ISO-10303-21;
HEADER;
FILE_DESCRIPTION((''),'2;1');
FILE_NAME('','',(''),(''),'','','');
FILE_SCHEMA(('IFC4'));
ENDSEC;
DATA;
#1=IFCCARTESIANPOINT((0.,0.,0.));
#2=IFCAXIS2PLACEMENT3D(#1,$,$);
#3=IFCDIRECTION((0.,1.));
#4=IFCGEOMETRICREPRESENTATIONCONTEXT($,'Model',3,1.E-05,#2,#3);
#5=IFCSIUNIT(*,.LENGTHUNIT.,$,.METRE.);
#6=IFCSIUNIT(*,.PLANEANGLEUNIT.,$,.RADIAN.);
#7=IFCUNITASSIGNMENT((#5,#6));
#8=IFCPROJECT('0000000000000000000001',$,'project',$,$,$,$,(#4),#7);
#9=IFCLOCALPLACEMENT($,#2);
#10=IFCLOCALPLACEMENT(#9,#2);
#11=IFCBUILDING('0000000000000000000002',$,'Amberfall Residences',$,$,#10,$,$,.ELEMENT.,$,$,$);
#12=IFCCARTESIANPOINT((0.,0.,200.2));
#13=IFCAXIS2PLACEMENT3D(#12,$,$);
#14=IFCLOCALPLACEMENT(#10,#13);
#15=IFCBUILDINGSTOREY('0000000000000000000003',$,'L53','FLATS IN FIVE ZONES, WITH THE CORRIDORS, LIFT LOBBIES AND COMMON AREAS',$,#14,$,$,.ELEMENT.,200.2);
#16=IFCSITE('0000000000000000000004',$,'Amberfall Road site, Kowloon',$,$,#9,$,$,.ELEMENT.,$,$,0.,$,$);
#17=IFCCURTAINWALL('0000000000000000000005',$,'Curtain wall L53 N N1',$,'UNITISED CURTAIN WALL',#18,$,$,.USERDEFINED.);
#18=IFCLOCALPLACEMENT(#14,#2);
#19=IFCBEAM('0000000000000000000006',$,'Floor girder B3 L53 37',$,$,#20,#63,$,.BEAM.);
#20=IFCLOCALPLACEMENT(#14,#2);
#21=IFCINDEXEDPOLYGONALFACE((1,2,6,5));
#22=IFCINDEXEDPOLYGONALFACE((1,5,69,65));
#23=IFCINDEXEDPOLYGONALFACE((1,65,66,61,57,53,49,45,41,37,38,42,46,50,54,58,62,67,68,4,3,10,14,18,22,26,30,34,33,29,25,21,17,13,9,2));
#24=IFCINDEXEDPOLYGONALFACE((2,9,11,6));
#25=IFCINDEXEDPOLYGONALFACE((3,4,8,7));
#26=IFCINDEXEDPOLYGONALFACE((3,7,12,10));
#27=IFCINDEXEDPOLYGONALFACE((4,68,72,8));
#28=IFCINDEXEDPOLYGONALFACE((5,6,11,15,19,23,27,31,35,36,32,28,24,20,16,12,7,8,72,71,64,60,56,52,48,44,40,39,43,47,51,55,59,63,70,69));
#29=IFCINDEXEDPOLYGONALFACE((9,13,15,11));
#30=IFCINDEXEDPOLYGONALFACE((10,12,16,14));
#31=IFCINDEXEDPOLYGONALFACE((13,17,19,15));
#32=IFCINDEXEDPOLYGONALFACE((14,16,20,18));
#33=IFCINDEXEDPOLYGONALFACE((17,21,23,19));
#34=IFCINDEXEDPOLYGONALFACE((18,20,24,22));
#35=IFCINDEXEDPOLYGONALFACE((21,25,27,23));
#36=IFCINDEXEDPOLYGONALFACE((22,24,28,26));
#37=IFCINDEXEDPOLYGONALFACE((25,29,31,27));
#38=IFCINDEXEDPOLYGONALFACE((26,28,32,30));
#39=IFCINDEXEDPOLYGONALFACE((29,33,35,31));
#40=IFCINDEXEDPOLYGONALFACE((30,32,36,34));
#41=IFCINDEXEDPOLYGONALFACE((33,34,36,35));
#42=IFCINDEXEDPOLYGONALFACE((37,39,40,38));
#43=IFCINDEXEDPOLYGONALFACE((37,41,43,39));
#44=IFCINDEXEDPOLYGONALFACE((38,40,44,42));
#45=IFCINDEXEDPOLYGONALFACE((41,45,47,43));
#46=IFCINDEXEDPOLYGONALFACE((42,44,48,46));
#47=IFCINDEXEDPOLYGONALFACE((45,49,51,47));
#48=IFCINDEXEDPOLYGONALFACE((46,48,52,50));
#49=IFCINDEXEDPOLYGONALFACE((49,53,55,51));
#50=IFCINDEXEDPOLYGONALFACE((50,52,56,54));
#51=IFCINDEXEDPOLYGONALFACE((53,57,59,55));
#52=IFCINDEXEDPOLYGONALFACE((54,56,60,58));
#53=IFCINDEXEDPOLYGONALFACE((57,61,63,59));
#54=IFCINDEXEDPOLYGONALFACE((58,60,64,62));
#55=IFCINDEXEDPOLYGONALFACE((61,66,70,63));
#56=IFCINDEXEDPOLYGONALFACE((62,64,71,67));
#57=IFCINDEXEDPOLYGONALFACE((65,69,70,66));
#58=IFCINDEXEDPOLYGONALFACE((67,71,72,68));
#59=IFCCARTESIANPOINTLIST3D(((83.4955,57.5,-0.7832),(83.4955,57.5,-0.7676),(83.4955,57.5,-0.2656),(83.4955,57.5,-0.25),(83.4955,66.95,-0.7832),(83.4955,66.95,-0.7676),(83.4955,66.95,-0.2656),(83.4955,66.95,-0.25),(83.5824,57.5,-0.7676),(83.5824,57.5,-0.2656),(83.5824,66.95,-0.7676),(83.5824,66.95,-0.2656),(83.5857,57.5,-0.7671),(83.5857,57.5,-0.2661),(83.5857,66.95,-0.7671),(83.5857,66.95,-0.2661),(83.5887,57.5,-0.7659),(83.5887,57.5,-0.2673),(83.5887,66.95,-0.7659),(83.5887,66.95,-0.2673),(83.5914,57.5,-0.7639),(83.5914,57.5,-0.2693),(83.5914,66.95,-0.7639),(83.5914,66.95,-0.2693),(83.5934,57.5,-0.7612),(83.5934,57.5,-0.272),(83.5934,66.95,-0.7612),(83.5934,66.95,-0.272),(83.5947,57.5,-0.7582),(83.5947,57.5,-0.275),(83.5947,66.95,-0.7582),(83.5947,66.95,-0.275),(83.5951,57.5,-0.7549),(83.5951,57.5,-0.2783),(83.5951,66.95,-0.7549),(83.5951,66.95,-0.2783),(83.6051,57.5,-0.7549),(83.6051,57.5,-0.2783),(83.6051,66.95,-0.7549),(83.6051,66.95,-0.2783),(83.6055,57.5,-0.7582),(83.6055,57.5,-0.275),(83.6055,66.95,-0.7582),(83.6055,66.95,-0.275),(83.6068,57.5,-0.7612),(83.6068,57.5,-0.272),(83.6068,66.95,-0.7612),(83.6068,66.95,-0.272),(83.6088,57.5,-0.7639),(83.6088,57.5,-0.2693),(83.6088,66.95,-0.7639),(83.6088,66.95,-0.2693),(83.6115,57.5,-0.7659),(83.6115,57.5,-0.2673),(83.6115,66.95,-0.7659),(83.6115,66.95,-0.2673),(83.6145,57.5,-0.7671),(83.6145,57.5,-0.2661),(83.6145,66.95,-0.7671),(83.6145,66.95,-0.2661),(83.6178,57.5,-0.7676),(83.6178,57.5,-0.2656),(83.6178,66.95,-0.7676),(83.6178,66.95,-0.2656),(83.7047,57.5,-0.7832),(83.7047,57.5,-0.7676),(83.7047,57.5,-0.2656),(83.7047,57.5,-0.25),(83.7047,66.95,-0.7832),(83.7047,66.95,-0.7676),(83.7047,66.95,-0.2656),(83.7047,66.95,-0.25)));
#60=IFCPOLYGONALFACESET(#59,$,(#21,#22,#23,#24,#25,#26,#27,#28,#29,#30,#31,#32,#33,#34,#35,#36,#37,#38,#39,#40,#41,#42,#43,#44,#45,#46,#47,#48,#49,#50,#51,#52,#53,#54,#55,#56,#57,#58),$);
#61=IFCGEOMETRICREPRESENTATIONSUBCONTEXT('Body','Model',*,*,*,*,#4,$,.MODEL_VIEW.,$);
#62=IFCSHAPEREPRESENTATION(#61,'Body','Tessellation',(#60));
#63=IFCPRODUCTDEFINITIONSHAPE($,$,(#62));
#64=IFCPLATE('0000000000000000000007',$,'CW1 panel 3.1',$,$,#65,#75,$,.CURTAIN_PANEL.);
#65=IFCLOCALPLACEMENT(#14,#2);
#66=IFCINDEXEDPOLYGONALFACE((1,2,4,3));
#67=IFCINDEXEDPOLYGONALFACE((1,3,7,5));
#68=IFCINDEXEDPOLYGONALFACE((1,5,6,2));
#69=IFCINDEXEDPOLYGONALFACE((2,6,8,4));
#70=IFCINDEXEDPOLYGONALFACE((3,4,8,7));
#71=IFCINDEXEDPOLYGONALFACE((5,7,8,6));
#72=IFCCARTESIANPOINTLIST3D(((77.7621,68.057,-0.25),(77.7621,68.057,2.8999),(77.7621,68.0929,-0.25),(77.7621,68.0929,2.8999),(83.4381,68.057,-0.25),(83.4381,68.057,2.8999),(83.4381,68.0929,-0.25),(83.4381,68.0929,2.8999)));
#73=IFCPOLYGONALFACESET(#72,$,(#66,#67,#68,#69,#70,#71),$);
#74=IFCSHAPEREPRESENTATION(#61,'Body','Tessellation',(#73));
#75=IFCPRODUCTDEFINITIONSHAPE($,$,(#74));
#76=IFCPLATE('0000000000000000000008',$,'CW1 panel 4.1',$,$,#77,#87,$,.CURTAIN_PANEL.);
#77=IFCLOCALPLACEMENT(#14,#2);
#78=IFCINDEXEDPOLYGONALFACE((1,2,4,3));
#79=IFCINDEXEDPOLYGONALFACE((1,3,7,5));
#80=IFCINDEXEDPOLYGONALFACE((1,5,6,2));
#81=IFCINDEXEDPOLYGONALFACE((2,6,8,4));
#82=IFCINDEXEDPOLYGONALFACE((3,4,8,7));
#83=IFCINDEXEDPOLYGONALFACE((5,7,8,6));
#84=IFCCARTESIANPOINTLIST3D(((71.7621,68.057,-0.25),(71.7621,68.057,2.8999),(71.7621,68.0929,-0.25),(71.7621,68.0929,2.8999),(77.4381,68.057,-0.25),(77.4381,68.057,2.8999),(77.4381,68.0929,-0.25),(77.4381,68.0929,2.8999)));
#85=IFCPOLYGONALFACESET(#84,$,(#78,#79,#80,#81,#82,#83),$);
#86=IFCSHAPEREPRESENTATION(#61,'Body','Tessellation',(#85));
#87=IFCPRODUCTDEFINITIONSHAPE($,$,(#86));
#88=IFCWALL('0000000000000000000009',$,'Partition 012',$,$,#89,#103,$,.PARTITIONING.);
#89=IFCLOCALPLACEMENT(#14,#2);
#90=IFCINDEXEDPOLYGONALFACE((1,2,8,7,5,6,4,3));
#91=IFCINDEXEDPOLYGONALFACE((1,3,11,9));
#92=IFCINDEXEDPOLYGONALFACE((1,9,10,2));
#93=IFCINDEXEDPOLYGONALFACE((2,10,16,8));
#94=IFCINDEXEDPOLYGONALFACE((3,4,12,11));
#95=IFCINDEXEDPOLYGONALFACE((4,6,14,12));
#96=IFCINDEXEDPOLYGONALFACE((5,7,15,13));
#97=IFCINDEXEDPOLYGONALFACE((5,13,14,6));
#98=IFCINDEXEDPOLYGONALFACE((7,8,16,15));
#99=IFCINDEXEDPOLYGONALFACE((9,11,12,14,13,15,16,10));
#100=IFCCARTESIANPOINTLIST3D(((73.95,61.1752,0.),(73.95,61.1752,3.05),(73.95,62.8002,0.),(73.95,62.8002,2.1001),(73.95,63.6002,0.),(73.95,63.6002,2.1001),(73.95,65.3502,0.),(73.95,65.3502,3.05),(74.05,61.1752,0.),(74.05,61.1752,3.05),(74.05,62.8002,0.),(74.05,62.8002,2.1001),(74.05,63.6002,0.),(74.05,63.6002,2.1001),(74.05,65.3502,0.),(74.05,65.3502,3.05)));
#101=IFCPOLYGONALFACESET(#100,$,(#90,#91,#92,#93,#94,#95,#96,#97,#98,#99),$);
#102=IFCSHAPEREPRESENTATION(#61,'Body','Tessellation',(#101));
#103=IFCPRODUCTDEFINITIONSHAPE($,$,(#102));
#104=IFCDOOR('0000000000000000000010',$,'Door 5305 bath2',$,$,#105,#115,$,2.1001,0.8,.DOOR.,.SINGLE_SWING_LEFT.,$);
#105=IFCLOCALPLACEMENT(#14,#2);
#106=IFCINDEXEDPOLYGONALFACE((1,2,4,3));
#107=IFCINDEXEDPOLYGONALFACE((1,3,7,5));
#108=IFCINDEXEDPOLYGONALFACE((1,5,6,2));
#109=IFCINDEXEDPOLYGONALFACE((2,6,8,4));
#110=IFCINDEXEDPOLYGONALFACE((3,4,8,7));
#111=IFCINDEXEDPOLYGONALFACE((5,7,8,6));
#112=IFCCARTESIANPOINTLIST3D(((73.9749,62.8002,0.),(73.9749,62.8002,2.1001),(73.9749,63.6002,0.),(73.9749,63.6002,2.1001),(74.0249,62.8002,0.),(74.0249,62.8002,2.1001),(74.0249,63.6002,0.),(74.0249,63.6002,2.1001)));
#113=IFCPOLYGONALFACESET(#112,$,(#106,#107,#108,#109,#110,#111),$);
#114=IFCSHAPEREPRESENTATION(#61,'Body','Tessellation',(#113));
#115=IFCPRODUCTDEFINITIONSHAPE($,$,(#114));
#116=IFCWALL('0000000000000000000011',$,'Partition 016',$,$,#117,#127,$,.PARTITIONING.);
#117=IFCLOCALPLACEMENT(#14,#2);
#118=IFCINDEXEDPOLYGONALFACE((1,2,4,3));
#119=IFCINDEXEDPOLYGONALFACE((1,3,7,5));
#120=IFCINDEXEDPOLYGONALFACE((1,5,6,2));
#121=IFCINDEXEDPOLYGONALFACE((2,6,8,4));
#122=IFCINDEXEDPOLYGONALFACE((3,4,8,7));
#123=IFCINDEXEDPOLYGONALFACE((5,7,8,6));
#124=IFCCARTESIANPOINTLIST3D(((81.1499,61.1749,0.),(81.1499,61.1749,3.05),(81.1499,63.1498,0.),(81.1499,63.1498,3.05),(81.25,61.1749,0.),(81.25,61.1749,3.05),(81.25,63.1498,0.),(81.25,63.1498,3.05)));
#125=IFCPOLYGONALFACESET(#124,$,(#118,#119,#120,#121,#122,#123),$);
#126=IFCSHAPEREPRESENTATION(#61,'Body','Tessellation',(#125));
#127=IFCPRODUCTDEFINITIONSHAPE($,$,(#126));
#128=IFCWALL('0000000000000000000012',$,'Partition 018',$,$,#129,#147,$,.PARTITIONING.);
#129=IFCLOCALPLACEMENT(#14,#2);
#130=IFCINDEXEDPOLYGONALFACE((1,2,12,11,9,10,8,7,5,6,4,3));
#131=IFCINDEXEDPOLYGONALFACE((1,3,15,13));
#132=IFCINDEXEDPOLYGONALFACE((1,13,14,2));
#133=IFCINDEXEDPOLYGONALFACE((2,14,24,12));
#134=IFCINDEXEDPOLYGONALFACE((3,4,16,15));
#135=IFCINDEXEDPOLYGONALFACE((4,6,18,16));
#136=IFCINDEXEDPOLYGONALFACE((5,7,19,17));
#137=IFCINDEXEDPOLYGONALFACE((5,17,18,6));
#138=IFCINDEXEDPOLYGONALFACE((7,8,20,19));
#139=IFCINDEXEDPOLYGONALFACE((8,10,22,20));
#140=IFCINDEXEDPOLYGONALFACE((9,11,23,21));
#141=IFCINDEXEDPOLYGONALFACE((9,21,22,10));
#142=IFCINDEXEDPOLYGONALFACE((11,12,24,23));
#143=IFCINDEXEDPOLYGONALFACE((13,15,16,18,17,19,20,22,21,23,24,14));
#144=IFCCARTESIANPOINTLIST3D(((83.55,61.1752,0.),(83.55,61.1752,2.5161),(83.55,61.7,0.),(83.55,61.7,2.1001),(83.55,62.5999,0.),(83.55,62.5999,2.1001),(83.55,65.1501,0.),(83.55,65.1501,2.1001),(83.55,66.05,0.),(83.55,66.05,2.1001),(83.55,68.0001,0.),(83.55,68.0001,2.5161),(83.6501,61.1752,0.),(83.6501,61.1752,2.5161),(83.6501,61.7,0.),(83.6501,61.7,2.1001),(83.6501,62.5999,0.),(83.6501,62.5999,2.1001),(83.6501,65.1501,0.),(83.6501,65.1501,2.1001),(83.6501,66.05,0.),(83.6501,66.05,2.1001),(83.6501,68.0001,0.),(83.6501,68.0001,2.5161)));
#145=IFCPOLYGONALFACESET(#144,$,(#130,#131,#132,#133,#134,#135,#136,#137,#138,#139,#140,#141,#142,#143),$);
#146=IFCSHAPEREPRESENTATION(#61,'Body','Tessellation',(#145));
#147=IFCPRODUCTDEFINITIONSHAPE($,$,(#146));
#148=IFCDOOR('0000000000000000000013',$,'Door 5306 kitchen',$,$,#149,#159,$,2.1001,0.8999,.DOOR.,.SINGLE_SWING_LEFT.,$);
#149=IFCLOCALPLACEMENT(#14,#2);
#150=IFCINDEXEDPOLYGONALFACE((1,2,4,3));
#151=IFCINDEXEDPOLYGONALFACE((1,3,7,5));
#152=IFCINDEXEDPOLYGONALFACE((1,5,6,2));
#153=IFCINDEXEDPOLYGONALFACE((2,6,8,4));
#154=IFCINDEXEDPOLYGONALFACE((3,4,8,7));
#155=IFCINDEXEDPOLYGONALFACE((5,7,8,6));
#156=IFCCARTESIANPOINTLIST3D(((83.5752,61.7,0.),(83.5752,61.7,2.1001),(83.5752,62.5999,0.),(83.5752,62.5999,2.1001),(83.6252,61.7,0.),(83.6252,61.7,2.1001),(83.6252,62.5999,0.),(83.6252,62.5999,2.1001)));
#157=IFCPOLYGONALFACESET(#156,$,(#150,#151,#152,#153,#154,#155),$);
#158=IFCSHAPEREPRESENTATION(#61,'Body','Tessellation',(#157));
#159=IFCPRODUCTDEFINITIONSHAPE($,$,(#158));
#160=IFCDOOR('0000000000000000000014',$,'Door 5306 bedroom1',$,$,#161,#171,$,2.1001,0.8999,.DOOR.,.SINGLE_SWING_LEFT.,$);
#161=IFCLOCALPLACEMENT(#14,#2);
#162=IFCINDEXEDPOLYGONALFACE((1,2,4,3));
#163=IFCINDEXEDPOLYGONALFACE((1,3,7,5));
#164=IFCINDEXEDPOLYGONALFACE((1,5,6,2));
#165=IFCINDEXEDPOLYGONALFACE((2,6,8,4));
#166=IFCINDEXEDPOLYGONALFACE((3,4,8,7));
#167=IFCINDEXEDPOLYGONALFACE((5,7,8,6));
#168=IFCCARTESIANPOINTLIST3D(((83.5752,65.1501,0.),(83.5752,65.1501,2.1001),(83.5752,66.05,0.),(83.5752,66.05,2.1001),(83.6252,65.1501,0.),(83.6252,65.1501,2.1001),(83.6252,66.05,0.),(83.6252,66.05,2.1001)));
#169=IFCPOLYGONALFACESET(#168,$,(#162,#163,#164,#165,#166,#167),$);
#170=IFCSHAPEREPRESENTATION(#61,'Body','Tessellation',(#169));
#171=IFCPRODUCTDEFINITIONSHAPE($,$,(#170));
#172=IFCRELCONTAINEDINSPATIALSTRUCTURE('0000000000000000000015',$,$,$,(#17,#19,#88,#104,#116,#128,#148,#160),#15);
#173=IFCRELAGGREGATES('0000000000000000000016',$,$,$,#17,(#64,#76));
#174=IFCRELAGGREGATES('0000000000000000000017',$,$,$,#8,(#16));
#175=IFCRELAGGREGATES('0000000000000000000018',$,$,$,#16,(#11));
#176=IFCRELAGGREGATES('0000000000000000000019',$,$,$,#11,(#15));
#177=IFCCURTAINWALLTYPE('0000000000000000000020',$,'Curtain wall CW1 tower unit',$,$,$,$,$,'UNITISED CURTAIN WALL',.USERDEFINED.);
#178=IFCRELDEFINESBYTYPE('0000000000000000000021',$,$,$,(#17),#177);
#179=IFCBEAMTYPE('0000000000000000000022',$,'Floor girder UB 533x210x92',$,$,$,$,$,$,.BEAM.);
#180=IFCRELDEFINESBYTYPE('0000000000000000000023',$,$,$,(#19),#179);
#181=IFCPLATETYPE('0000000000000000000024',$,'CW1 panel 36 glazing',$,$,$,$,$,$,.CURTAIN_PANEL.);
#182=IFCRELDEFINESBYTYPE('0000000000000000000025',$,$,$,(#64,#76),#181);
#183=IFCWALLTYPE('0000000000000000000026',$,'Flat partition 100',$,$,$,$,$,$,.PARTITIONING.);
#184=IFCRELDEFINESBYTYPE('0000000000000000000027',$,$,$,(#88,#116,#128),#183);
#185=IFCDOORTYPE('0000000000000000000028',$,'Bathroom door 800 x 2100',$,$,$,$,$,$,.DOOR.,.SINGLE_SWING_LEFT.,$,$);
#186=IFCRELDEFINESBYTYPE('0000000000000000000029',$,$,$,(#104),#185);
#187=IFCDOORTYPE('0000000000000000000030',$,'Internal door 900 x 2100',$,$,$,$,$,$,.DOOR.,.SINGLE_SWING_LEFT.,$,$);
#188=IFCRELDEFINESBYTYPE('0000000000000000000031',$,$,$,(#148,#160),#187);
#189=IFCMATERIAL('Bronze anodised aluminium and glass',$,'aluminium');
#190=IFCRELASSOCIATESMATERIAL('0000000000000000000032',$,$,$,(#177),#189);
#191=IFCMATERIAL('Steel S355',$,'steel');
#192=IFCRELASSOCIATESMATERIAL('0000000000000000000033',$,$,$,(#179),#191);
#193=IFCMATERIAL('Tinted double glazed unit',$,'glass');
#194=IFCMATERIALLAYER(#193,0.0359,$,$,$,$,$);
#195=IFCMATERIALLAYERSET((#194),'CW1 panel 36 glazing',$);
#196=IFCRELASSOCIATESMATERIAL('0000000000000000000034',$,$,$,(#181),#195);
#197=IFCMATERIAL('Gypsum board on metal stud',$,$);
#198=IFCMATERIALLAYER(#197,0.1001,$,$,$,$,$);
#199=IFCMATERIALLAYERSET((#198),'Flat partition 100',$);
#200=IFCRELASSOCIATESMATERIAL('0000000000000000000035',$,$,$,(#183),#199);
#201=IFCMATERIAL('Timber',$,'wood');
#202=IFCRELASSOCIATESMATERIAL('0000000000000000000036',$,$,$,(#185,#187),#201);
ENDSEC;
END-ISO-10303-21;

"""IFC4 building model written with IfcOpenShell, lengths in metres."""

from ifc_helpers import new_model, si_unit, direction, frame, frame_2d, origin, origin_2d, place, context, subcontext, project, spatial, rectangle, i_section, extrude, material, layer, layer_set, material_profile, profile_set, type_object, element, fill, aggregate, save


model = new_model("IFC4")

# Units and contexts
model_context = context("Model", 3, precision=1e-05, world=origin(), true_north=direction((0.0, 1.0)))
body_context = subcontext(model_context, "Body", "Model", "MODEL_VIEW")
ifc_project = project(units=[si_unit("LENGTHUNIT", "METRE"), si_unit("PLANEANGLEUNIT", "RADIAN")], contexts=[model_context])

# Site, building, storey
site_placement = place(None, origin())
site = spatial("IfcSite", under=ifc_project, at=site_placement, Name="Amberfall Road site, Kowloon", CompositionType="ELEMENT", RefElevation=0.0)
building_placement = place(site_placement, origin())
building = spatial("IfcBuilding", under=site, at=building_placement, Name="Amberfall Residences", CompositionType="ELEMENT")
storey_placement = place(building_placement, frame((0.0, 0.0, 200.2)))
storey = spatial("IfcBuildingStorey", under=building, at=storey_placement, Name="L53", Description="FLATS IN FIVE ZONES, WITH THE CORRIDORS, LIFT LOBBIES AND COMMON AREAS", CompositionType="ELEMENT", Elevation=200.2)

# Curtain wall
ifc_material_1 = material(Name="Bronze anodised aluminium and glass", Category="aluminium")
curtain_wall_type = type_object("IfcCurtainWallType", Name="Curtain wall CW1 tower unit", ElementType="UNITISED CURTAIN WALL", PredefinedType="USERDEFINED", material=ifc_material_1)
curtain_wall_placement = place(storey_placement, origin())
curtain_wall = element("IfcCurtainWall", 1, at=curtain_wall_placement, inside=storey, type_object=curtain_wall_type, Name="Curtain wall L53 N N1", ObjectType="UNITISED CURTAIN WALL", PredefinedType="USERDEFINED")

# Shared definitions
ifc_material_2 = material(Name="Steel S355", Category="steel")

# Beam
ifc_material_profile_1 = material_profile(ifc_material_2, i_section(OverallWidth=0.2092, OverallDepth=0.5332, WebThickness=0.01, FlangeThickness=0.0156, FilletRadius=0.0127, at=origin_2d()), Name="UB 533x210x92")
ifc_profile_set_1 = profile_set([ifc_material_profile_1], Name="Steel S355")
beam_type_1 = type_object("IfcBeamType", Name="Floor girder UB 533x210x92", PredefinedType="BEAM", material=ifc_profile_set_1)
for number, where, z_axis, x_axis, name in (
    (2, (83.6001, 66.95, -0.5166), (0.0, -1.0, 0.0), (1.0, 0.0, 0.0), "Floor girder B3 L53 37"),
):
    element("IfcBeam", number, at=place(storey_placement, frame(where, z_axis=z_axis, x_axis=x_axis)), inside=storey, type_object=beam_type_1, Name=name, PredefinedType="BEAM", context=body_context, shape_type="SweptSolid", body=[
        extrude(i_section(OverallWidth=0.2092, OverallDepth=0.5332, WebThickness=0.01, FlangeThickness=0.0156, FilletRadius=0.0127, at=origin_2d()), origin(), (0.0, 0.0, 1.0), 9.45),
    ])

# Plates
ifc_material_3 = material(Name="Tinted double glazed unit", Category="glass")
ifc_layer_1 = layer(ifc_material_3, 0.0359)
ifc_layer_set_1 = layer_set([ifc_layer_1], Name="CW1 panel 36 glazing")
plate_type = type_object("IfcPlateType", Name="CW1 panel 36 glazing", PredefinedType="CURTAIN_PANEL", material=ifc_layer_set_1)
plate_1_placement = place(storey_placement, frame((80.6001, 68.075, -0.25), z_axis=(0.0, 0.0, 1.0), x_axis=(-1.0, 0.0, 0.0)))
plate_1 = element("IfcPlate", 3, at=plate_1_placement, type_object=plate_type, Name="CW1 panel 3.1", PredefinedType="CURTAIN_PANEL", context=body_context, shape_type="SweptSolid", body=[
    extrude(rectangle(XDim=5.676, YDim=0.0359, at=origin_2d()), origin(), (0.0, 0.0, 1.0), 3.1499),
])
plate_2_placement = place(storey_placement, frame((74.6001, 68.075, -0.25), z_axis=(0.0, 0.0, 1.0), x_axis=(-1.0, 0.0, 0.0)))
plate_2 = element("IfcPlate", 4, at=plate_2_placement, type_object=plate_type, Name="CW1 panel 4.1", PredefinedType="CURTAIN_PANEL", context=body_context, shape_type="SweptSolid", body=[
    extrude(rectangle(XDim=5.676, YDim=0.0359, at=origin_2d()), origin(), (0.0, 0.0, 1.0), 3.1499),
])
aggregate(curtain_wall, [plate_1, plate_2])

# Wall, opening, door
ifc_material_4 = material(Name="Gypsum board on metal stud")
ifc_layer_2 = layer(ifc_material_4, 0.1001)
ifc_layer_set_2 = layer_set([ifc_layer_2], Name="Flat partition 100")
wall_type_1 = type_object("IfcWallType", Name="Flat partition 100", PredefinedType="PARTITIONING", material=ifc_layer_set_2)
wall_1_placement = place(storey_placement, frame((74.0, 65.3501, 0.0), z_axis=(0.0, 0.0, 1.0), x_axis=(0.0, -1.0, 0.0)))
wall_1 = element("IfcWall", 5, at=wall_1_placement, inside=storey, type_object=wall_type_1, Name="Partition 012", PredefinedType="PARTITIONING", context=body_context, shape_type="SweptSolid", body=[
    extrude(rectangle(XDim=4.175, YDim=0.1001, at=frame_2d((2.0874, 0.0))), origin(), (0.0, 0.0, 1.0), 3.05),
])
opening_1_placement = place(wall_1_placement, frame((1.75, 0.0, 0.0)))
opening_1 = element("IfcOpeningElement", 6, at=opening_1_placement, cuts=wall_1, PredefinedType="OPENING", context=body_context, shape_type="SweptSolid", body=[
    extrude(rectangle(XDim=0.8, YDim=2.1001, at=frame_2d((0.3999, 1.05))), frame((0.0, 0.0601, 0.0), z_axis=(0.0, -1.0, 0.0), x_axis=(1.0, 0.0, 0.0)), (0.0, 0.0, 1.0), 0.1201),
])
ifc_material_5 = material(Name="Timber", Category="wood")
door_type_1 = type_object("IfcDoorType", Name="Bathroom door 800 x 2100", OperationType="SINGLE_SWING_LEFT", PredefinedType="DOOR", material=ifc_material_5)
door_1_placement = place(opening_1_placement, origin())
door_1 = element("IfcDoor", 7, at=door_1_placement, inside=storey, type_object=door_type_1, Name="Door 5305 bath2", OperationType="SINGLE_SWING_LEFT", OverallHeight=2.1001, OverallWidth=0.8, PredefinedType="DOOR", context=body_context, shape_type="SweptSolid", body=[
    extrude(rectangle(XDim=0.8, YDim=2.1001, at=frame_2d((0.3999, 1.05))), frame((0.0, 0.0249, 0.0), z_axis=(0.0, -1.0, 0.0), x_axis=(1.0, 0.0, 0.0)), (0.0, 0.0, 1.0), 0.05),
])
fill(opening_1, door_1)

# Wall
wall_2_placement = place(storey_placement, frame((81.2, 61.175, 0.0), z_axis=(0.0, 0.0, 1.0), x_axis=(0.0, 1.0, 0.0)))
element("IfcWall", 8, at=wall_2_placement, inside=storey, type_object=wall_type_1, Name="Partition 016", PredefinedType="PARTITIONING", context=body_context, shape_type="SweptSolid", body=[
    extrude(rectangle(XDim=1.9749, YDim=0.1001, at=frame_2d((0.9873, 0.0))), origin(), (0.0, 0.0, 1.0), 3.05),
])

# Wall, openings, doors
wall_3_placement = place(storey_placement, frame((83.6001, 61.175, 0.0), z_axis=(0.0, 0.0, 1.0), x_axis=(0.0, 1.0, 0.0)))
wall_3 = element("IfcWall", 9, at=wall_3_placement, inside=storey, type_object=wall_type_1, Name="Partition 018", PredefinedType="PARTITIONING", context=body_context, shape_type="SweptSolid", body=[
    extrude(rectangle(XDim=6.825, YDim=0.1001, at=frame_2d((3.4126, 0.0))), origin(), (0.0, 0.0, 1.0), 2.5161),
])
opening_2_placement = place(wall_3_placement, frame((0.5249, 0.0, 0.0)))
opening_2 = element("IfcOpeningElement", 10, at=opening_2_placement, cuts=wall_3, PredefinedType="OPENING", context=body_context, shape_type="SweptSolid", body=[
    extrude(rectangle(XDim=0.8999, YDim=2.1001, at=frame_2d((0.45, 1.05))), frame((0.0, 0.0601, 0.0), z_axis=(0.0, -1.0, 0.0), x_axis=(1.0, 0.0, 0.0)), (0.0, 0.0, 1.0), 0.1201),
])
opening_3_placement = place(wall_3_placement, frame((3.9751, 0.0, 0.0)))
opening_3 = element("IfcOpeningElement", 11, at=opening_3_placement, cuts=wall_3, PredefinedType="OPENING", context=body_context, shape_type="SweptSolid", body=[
    extrude(rectangle(XDim=0.8999, YDim=2.1001, at=frame_2d((0.45, 1.05))), frame((0.0, 0.0601, 0.0), z_axis=(0.0, -1.0, 0.0), x_axis=(1.0, 0.0, 0.0)), (0.0, 0.0, 1.0), 0.1201),
])
door_type_2 = type_object("IfcDoorType", Name="Internal door 900 x 2100", OperationType="SINGLE_SWING_LEFT", PredefinedType="DOOR", material=ifc_material_5)
door_2_placement = place(opening_2_placement, origin())
door_2 = element("IfcDoor", 12, at=door_2_placement, inside=storey, type_object=door_type_2, Name="Door 5306 kitchen", OperationType="SINGLE_SWING_LEFT", OverallHeight=2.1001, OverallWidth=0.8999, PredefinedType="DOOR", context=body_context, shape_type="SweptSolid", body=[
    extrude(rectangle(XDim=0.8999, YDim=2.1001, at=frame_2d((0.45, 1.05))), frame((0.0, 0.0249, 0.0), z_axis=(0.0, -1.0, 0.0), x_axis=(1.0, 0.0, 0.0)), (0.0, 0.0, 1.0), 0.05),
])
fill(opening_2, door_2)
door_3_placement = place(opening_3_placement, origin())
door_3 = element("IfcDoor", 13, at=door_3_placement, inside=storey, type_object=door_type_2, Name="Door 5306 bedroom1", OperationType="SINGLE_SWING_LEFT", OverallHeight=2.1001, OverallWidth=0.8999, PredefinedType="DOOR", context=body_context, shape_type="SweptSolid", body=[
    extrude(rectangle(XDim=0.8999, YDim=2.1001, at=frame_2d((0.45, 1.05))), frame((0.0, 0.0249, 0.0), z_axis=(0.0, -1.0, 0.0), x_axis=(1.0, 0.0, 0.0)), (0.0, 0.0, 1.0), 0.05),
])
fill(opening_3, door_3)

save(model, "model.ifc")
